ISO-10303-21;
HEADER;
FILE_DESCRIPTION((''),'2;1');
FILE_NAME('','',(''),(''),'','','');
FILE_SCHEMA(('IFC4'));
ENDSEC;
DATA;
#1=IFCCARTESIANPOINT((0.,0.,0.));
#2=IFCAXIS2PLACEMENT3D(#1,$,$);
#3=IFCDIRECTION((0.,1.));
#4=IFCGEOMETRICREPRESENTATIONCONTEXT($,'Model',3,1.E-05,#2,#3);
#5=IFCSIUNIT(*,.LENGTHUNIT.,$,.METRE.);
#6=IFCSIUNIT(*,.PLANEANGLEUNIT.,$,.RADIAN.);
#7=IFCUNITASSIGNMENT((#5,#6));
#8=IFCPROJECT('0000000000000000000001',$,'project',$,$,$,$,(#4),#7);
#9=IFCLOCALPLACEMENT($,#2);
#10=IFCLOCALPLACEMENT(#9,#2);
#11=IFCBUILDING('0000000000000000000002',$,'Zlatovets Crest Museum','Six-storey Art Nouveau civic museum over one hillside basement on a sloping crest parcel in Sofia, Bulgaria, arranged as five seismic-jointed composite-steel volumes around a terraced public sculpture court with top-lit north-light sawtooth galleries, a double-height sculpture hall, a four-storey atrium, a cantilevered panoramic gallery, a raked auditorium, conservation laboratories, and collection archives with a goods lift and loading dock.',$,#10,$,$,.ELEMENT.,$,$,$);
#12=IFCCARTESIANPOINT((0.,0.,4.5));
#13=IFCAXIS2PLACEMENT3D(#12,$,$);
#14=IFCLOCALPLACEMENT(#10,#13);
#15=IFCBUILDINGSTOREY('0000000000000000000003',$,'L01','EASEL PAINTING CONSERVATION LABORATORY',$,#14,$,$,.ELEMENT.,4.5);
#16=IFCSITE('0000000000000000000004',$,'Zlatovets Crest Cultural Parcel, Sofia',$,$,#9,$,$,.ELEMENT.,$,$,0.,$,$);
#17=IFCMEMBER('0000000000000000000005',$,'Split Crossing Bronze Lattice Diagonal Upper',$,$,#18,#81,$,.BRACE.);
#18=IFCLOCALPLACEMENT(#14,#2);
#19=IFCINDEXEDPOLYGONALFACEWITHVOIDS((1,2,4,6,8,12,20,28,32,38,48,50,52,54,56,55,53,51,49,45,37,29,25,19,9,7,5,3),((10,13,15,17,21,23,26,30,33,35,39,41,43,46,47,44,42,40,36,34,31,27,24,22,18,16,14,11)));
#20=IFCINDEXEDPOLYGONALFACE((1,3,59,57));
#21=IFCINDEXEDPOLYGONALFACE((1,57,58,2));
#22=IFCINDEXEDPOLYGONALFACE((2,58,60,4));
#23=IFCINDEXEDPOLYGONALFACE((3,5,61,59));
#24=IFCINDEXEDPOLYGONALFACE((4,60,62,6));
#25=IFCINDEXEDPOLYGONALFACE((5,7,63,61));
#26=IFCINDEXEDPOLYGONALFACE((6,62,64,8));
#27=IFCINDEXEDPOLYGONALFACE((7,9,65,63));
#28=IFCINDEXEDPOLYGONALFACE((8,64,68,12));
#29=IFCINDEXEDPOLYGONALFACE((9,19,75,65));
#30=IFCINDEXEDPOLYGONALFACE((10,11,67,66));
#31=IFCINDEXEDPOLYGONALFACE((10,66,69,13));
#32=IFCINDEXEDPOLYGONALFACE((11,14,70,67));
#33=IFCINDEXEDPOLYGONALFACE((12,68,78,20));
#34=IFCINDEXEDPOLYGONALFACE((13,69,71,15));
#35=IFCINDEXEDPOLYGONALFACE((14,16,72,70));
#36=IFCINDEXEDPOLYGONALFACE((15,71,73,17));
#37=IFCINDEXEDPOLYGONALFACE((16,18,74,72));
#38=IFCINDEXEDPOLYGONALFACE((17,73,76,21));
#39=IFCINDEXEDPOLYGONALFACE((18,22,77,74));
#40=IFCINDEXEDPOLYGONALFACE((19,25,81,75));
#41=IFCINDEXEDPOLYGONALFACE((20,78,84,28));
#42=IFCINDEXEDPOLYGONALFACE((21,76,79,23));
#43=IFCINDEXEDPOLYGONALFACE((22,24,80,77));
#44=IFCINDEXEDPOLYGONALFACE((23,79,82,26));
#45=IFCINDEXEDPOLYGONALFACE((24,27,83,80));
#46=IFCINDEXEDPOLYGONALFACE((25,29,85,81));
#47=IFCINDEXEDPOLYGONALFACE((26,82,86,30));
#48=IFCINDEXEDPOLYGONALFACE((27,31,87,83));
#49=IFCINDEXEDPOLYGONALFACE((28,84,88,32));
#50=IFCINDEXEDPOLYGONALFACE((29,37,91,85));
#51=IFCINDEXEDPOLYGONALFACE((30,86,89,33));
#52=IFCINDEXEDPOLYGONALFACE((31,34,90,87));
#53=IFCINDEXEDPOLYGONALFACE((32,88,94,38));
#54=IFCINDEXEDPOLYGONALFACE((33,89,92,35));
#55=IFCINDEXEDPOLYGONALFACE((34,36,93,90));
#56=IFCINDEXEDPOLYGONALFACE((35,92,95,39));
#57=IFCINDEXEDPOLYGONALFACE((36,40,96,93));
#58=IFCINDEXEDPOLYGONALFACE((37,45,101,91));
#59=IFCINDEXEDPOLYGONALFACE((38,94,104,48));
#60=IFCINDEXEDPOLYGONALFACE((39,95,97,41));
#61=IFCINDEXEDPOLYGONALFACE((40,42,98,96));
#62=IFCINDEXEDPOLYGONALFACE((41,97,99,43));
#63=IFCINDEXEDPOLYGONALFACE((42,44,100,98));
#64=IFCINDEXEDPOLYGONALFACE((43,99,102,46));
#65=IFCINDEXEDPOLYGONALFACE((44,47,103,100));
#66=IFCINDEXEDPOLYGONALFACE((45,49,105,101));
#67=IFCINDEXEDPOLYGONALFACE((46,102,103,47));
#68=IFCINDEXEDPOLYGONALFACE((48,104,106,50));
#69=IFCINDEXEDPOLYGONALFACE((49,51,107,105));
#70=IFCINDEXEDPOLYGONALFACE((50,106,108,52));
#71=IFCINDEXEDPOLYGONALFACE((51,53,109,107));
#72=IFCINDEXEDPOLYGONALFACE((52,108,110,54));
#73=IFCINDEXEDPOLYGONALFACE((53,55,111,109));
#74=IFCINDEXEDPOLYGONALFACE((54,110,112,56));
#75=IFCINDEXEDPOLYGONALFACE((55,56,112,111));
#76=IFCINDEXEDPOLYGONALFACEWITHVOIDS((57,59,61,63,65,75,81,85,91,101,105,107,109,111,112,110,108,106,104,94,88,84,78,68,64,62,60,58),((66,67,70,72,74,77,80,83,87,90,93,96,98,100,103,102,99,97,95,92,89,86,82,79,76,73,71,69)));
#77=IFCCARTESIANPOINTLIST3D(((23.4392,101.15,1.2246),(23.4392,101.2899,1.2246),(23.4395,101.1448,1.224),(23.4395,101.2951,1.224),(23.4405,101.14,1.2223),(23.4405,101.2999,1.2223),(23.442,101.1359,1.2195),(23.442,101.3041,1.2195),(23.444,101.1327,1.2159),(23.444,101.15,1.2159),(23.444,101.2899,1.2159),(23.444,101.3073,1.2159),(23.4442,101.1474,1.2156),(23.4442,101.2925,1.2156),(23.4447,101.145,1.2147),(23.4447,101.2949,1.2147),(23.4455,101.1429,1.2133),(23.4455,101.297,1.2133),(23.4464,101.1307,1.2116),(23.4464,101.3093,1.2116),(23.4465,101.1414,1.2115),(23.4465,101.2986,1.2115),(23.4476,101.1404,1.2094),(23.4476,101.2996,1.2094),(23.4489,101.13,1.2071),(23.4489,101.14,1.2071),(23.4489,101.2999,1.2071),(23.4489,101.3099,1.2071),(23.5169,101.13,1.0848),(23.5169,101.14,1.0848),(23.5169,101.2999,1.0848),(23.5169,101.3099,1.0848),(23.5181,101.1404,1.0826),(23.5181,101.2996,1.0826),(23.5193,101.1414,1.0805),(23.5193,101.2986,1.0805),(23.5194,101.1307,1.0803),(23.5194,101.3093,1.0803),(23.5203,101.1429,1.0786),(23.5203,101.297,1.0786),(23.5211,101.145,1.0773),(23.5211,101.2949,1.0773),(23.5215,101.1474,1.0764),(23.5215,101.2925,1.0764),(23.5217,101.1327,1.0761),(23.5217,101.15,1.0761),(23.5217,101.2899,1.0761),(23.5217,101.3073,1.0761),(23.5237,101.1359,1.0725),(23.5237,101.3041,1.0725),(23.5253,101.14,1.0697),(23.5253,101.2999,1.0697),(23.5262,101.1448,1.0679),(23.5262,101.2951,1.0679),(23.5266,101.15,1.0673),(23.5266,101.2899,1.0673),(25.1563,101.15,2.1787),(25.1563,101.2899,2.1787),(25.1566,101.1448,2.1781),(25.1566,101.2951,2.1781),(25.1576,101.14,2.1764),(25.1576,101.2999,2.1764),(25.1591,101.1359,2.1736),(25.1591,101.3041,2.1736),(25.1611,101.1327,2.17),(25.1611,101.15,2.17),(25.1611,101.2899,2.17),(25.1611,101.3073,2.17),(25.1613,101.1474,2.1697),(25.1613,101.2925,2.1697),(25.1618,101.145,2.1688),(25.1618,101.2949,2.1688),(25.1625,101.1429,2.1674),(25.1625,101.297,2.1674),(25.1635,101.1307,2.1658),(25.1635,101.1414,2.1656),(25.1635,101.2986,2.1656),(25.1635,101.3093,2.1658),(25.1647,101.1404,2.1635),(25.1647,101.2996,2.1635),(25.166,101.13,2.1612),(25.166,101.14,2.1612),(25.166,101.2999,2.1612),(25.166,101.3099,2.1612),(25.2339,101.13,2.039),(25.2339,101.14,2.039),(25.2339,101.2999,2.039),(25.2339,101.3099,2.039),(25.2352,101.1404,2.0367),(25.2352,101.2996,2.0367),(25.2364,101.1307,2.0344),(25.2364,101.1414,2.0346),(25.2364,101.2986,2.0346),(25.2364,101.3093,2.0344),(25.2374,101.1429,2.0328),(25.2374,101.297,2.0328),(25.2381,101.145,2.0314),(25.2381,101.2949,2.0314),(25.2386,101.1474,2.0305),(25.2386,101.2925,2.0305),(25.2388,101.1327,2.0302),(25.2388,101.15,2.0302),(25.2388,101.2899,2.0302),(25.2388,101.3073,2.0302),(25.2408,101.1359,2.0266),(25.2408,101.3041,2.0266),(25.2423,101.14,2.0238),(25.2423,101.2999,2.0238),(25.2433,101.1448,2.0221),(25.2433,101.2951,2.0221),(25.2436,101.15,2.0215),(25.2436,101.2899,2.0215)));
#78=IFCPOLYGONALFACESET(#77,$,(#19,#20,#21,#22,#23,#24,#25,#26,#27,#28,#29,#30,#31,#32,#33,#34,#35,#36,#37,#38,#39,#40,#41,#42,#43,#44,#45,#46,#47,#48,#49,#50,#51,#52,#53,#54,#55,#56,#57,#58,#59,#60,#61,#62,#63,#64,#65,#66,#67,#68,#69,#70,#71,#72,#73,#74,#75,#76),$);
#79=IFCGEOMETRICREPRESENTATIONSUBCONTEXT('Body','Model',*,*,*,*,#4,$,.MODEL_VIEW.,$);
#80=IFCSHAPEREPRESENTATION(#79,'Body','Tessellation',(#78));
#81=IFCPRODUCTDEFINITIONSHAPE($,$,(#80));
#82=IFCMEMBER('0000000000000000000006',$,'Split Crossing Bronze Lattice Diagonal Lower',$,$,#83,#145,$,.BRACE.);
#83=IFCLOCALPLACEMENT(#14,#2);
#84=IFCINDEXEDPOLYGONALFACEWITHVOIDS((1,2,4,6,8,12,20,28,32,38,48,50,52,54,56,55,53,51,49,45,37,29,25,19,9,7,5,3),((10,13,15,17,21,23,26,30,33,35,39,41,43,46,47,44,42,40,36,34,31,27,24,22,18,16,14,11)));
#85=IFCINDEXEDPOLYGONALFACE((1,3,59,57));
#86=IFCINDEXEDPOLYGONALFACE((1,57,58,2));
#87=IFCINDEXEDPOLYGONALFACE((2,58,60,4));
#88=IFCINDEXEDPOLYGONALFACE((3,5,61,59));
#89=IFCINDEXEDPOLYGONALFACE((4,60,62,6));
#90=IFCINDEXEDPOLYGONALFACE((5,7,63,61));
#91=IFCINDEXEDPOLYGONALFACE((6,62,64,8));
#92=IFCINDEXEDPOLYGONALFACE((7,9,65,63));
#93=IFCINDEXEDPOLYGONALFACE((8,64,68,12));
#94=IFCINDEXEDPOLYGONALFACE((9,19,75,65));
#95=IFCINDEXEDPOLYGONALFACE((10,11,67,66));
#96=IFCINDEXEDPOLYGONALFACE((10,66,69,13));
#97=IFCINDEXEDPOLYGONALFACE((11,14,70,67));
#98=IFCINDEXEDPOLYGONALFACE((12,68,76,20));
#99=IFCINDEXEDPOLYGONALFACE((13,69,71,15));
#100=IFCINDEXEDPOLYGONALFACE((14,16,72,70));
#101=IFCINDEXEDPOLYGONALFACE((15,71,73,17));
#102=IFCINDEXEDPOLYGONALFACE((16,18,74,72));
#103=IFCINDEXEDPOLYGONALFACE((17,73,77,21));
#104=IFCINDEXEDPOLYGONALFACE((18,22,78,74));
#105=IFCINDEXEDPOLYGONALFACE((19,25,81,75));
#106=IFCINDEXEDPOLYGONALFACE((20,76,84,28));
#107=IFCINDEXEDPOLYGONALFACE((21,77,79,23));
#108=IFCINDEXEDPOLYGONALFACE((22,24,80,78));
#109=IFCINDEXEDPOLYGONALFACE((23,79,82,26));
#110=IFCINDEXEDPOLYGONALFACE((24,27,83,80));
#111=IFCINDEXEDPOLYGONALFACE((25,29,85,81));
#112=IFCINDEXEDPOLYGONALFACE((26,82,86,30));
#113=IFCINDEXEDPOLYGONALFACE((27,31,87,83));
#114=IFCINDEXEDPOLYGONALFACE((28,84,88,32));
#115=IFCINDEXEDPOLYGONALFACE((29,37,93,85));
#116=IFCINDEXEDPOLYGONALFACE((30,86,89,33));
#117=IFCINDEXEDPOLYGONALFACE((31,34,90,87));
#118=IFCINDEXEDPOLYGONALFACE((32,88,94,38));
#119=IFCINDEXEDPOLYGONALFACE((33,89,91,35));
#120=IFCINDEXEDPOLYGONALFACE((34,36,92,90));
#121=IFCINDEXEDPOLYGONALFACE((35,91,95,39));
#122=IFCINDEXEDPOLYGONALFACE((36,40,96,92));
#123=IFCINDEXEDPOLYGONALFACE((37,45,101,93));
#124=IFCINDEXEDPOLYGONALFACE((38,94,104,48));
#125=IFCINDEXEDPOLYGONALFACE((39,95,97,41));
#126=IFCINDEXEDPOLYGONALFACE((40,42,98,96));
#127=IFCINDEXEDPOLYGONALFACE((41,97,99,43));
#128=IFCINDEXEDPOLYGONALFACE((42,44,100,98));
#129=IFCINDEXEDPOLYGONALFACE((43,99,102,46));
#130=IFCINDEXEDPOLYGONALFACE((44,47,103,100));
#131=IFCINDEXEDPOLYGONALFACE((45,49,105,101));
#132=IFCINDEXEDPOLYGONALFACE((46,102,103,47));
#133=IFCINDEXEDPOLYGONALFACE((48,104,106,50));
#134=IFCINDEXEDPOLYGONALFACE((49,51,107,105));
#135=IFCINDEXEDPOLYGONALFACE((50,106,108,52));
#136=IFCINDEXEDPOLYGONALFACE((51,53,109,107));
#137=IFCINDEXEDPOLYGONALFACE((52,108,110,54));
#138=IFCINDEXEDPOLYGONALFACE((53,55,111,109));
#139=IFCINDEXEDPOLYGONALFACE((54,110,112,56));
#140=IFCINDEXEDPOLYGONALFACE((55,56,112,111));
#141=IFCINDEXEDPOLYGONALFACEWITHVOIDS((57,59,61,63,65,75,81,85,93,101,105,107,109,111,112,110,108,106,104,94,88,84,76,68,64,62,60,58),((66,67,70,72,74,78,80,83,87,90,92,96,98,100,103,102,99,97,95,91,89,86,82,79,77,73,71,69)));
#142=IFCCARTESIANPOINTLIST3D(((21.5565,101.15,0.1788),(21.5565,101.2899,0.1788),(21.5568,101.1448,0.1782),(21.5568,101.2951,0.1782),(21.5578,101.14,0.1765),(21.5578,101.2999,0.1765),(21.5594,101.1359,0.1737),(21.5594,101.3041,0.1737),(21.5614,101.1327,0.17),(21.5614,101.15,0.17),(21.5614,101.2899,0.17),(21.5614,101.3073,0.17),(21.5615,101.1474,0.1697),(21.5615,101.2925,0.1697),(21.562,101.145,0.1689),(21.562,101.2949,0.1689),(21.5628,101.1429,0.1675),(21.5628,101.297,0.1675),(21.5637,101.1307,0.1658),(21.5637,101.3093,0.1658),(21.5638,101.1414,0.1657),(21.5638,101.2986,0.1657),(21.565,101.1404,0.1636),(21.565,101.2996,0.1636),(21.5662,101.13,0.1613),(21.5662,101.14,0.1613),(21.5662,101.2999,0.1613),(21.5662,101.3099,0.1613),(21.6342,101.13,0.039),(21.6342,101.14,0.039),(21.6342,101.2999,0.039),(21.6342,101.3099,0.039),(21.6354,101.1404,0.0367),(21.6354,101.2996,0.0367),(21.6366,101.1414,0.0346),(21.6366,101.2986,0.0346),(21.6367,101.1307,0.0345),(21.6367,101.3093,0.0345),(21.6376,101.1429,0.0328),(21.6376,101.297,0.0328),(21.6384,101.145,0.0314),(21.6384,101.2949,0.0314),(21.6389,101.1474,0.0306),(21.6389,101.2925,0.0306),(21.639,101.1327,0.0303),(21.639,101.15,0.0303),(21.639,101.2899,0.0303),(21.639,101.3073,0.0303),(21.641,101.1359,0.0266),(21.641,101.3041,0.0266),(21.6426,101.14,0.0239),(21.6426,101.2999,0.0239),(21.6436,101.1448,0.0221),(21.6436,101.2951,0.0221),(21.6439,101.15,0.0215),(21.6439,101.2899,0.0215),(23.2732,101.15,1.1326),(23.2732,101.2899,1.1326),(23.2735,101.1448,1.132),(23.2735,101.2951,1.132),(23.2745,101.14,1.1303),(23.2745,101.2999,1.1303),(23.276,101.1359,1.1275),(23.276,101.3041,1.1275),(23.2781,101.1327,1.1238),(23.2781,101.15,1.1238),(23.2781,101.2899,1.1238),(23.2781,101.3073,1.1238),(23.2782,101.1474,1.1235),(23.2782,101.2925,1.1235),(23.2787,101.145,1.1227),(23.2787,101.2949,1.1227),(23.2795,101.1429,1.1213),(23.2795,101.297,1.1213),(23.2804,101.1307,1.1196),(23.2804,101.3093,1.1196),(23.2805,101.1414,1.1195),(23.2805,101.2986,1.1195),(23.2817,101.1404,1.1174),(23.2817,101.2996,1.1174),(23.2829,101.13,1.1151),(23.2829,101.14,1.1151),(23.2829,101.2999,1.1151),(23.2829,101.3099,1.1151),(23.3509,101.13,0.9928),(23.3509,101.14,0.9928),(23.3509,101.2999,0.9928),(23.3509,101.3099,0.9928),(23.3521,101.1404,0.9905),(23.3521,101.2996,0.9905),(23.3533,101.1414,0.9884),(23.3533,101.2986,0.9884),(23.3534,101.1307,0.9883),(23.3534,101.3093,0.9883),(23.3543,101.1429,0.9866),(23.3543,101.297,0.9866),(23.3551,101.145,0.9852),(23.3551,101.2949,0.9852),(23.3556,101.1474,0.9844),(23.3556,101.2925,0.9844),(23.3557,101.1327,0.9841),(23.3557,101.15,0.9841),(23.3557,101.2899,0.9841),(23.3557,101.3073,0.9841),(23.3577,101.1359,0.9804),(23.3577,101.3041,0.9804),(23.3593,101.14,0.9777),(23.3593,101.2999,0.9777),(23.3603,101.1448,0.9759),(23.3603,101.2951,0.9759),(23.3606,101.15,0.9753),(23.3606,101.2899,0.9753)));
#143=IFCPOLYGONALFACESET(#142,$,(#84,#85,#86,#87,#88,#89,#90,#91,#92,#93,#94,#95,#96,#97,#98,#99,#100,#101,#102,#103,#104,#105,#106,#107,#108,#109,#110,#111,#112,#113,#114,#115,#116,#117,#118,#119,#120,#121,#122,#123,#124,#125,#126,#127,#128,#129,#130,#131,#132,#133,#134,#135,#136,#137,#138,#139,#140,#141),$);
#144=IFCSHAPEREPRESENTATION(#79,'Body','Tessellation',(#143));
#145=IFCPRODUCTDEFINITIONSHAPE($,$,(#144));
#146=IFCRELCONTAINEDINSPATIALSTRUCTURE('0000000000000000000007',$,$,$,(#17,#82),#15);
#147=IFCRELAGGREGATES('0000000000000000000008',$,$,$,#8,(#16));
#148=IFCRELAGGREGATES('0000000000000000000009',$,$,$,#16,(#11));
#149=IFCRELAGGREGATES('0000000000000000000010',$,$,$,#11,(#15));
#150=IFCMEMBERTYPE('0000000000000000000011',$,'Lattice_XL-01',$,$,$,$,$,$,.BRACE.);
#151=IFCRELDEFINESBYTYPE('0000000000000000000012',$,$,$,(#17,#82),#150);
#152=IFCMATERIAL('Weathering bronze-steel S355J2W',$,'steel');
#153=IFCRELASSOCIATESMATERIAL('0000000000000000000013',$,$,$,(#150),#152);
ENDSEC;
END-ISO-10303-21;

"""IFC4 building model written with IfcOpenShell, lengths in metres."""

from ifc_helpers import new_model, si_unit, direction, frame, origin, origin_2d, place, context, subcontext, project, spatial, hollow_rectangle, extrude, material, material_profile, profile_set, type_object, element, save


model = new_model("IFC4")

# Units and contexts
model_context = context("Model", 3, precision=1e-05, world=origin(), true_north=direction((0.0, 1.0)))
body_context = subcontext(model_context, "Body", "Model", "MODEL_VIEW")
ifc_project = project(units=[si_unit("LENGTHUNIT", "METRE"), si_unit("PLANEANGLEUNIT", "RADIAN")], contexts=[model_context])

# Site, building, storey
site_placement = place(None, origin())
site = spatial("IfcSite", under=ifc_project, at=site_placement, Name="Zlatovets Crest Cultural Parcel, Sofia", CompositionType="ELEMENT", RefElevation=0.0)
building_placement = place(site_placement, origin())
building = spatial("IfcBuilding", under=site, at=building_placement, Name="Zlatovets Crest Museum", Description="Six-storey Art Nouveau civic museum over one hillside basement on a sloping crest parcel in Sofia, Bulgaria, arranged as five seismic-jointed composite-steel volumes around a terraced public sculpture court with top-lit north-light sawtooth galleries, a double-height sculpture hall, a four-storey atrium, a cantilevered panoramic gallery, a raked auditorium, conservation laboratories, and collection archives with a goods lift and loading dock.", CompositionType="ELEMENT")
storey_placement = place(building_placement, frame((0.0, 0.0, 4.5)))
storey = spatial("IfcBuildingStorey", under=building, at=storey_placement, Name="L01", Description="EASEL PAINTING CONSERVATION LABORATORY", CompositionType="ELEMENT", Elevation=4.5)

# Members
ifc_material_1 = material(Name="Weathering bronze-steel S355J2W", Category="steel")
ifc_material_profile_1 = material_profile(ifc_material_1, hollow_rectangle(XDim=0.1799, YDim=0.1799, WallThickness=0.01, InnerFilletRadius=0.01, OuterFilletRadius=0.02, at=origin_2d()), Name="SHS 180x180x10.0")
ifc_profile_set_1 = profile_set([ifc_material_profile_1], Name="Weathering bronze-steel S355J2W")
member_type_1 = type_object("IfcMemberType", Name="Lattice_XL-01", PredefinedType="BRACE", material=ifc_profile_set_1)
member_1_placement = place(storey_placement, frame((25.2, 101.22, 2.1001), z_axis=(-0.874116, 0.0, -0.485717), x_axis=(0.0, -1.0, 0.0)))
element("IfcMember", 1, at=member_1_placement, inside=storey, type_object=member_type_1, Name="Split Crossing Bronze Lattice Diagonal Upper", PredefinedType="BRACE", context=body_context, shape_type="SweptSolid", body=[
    extrude(hollow_rectangle(XDim=0.1799, YDim=0.1799, WallThickness=0.01, InnerFilletRadius=0.01, OuterFilletRadius=0.02, at=origin_2d()), origin(), (0.0, 0.0, 1.0), 1.9644),
])
member_2_placement = place(storey_placement, frame((23.3169, 101.22, 1.054), z_axis=(-0.87414, 0.0, -0.485675), x_axis=(0.0, -1.0, 0.0)))
element("IfcMember", 2, at=member_2_placement, inside=storey, type_object=member_type_1, Name="Split Crossing Bronze Lattice Diagonal Lower", PredefinedType="BRACE", context=body_context, shape_type="SweptSolid", body=[
    extrude(hollow_rectangle(XDim=0.1799, YDim=0.1799, WallThickness=0.01, InnerFilletRadius=0.01, OuterFilletRadius=0.02, at=origin_2d()), origin(), (0.0, 0.0, 1.0), 1.9639),
])

save(model, "model.ifc")
